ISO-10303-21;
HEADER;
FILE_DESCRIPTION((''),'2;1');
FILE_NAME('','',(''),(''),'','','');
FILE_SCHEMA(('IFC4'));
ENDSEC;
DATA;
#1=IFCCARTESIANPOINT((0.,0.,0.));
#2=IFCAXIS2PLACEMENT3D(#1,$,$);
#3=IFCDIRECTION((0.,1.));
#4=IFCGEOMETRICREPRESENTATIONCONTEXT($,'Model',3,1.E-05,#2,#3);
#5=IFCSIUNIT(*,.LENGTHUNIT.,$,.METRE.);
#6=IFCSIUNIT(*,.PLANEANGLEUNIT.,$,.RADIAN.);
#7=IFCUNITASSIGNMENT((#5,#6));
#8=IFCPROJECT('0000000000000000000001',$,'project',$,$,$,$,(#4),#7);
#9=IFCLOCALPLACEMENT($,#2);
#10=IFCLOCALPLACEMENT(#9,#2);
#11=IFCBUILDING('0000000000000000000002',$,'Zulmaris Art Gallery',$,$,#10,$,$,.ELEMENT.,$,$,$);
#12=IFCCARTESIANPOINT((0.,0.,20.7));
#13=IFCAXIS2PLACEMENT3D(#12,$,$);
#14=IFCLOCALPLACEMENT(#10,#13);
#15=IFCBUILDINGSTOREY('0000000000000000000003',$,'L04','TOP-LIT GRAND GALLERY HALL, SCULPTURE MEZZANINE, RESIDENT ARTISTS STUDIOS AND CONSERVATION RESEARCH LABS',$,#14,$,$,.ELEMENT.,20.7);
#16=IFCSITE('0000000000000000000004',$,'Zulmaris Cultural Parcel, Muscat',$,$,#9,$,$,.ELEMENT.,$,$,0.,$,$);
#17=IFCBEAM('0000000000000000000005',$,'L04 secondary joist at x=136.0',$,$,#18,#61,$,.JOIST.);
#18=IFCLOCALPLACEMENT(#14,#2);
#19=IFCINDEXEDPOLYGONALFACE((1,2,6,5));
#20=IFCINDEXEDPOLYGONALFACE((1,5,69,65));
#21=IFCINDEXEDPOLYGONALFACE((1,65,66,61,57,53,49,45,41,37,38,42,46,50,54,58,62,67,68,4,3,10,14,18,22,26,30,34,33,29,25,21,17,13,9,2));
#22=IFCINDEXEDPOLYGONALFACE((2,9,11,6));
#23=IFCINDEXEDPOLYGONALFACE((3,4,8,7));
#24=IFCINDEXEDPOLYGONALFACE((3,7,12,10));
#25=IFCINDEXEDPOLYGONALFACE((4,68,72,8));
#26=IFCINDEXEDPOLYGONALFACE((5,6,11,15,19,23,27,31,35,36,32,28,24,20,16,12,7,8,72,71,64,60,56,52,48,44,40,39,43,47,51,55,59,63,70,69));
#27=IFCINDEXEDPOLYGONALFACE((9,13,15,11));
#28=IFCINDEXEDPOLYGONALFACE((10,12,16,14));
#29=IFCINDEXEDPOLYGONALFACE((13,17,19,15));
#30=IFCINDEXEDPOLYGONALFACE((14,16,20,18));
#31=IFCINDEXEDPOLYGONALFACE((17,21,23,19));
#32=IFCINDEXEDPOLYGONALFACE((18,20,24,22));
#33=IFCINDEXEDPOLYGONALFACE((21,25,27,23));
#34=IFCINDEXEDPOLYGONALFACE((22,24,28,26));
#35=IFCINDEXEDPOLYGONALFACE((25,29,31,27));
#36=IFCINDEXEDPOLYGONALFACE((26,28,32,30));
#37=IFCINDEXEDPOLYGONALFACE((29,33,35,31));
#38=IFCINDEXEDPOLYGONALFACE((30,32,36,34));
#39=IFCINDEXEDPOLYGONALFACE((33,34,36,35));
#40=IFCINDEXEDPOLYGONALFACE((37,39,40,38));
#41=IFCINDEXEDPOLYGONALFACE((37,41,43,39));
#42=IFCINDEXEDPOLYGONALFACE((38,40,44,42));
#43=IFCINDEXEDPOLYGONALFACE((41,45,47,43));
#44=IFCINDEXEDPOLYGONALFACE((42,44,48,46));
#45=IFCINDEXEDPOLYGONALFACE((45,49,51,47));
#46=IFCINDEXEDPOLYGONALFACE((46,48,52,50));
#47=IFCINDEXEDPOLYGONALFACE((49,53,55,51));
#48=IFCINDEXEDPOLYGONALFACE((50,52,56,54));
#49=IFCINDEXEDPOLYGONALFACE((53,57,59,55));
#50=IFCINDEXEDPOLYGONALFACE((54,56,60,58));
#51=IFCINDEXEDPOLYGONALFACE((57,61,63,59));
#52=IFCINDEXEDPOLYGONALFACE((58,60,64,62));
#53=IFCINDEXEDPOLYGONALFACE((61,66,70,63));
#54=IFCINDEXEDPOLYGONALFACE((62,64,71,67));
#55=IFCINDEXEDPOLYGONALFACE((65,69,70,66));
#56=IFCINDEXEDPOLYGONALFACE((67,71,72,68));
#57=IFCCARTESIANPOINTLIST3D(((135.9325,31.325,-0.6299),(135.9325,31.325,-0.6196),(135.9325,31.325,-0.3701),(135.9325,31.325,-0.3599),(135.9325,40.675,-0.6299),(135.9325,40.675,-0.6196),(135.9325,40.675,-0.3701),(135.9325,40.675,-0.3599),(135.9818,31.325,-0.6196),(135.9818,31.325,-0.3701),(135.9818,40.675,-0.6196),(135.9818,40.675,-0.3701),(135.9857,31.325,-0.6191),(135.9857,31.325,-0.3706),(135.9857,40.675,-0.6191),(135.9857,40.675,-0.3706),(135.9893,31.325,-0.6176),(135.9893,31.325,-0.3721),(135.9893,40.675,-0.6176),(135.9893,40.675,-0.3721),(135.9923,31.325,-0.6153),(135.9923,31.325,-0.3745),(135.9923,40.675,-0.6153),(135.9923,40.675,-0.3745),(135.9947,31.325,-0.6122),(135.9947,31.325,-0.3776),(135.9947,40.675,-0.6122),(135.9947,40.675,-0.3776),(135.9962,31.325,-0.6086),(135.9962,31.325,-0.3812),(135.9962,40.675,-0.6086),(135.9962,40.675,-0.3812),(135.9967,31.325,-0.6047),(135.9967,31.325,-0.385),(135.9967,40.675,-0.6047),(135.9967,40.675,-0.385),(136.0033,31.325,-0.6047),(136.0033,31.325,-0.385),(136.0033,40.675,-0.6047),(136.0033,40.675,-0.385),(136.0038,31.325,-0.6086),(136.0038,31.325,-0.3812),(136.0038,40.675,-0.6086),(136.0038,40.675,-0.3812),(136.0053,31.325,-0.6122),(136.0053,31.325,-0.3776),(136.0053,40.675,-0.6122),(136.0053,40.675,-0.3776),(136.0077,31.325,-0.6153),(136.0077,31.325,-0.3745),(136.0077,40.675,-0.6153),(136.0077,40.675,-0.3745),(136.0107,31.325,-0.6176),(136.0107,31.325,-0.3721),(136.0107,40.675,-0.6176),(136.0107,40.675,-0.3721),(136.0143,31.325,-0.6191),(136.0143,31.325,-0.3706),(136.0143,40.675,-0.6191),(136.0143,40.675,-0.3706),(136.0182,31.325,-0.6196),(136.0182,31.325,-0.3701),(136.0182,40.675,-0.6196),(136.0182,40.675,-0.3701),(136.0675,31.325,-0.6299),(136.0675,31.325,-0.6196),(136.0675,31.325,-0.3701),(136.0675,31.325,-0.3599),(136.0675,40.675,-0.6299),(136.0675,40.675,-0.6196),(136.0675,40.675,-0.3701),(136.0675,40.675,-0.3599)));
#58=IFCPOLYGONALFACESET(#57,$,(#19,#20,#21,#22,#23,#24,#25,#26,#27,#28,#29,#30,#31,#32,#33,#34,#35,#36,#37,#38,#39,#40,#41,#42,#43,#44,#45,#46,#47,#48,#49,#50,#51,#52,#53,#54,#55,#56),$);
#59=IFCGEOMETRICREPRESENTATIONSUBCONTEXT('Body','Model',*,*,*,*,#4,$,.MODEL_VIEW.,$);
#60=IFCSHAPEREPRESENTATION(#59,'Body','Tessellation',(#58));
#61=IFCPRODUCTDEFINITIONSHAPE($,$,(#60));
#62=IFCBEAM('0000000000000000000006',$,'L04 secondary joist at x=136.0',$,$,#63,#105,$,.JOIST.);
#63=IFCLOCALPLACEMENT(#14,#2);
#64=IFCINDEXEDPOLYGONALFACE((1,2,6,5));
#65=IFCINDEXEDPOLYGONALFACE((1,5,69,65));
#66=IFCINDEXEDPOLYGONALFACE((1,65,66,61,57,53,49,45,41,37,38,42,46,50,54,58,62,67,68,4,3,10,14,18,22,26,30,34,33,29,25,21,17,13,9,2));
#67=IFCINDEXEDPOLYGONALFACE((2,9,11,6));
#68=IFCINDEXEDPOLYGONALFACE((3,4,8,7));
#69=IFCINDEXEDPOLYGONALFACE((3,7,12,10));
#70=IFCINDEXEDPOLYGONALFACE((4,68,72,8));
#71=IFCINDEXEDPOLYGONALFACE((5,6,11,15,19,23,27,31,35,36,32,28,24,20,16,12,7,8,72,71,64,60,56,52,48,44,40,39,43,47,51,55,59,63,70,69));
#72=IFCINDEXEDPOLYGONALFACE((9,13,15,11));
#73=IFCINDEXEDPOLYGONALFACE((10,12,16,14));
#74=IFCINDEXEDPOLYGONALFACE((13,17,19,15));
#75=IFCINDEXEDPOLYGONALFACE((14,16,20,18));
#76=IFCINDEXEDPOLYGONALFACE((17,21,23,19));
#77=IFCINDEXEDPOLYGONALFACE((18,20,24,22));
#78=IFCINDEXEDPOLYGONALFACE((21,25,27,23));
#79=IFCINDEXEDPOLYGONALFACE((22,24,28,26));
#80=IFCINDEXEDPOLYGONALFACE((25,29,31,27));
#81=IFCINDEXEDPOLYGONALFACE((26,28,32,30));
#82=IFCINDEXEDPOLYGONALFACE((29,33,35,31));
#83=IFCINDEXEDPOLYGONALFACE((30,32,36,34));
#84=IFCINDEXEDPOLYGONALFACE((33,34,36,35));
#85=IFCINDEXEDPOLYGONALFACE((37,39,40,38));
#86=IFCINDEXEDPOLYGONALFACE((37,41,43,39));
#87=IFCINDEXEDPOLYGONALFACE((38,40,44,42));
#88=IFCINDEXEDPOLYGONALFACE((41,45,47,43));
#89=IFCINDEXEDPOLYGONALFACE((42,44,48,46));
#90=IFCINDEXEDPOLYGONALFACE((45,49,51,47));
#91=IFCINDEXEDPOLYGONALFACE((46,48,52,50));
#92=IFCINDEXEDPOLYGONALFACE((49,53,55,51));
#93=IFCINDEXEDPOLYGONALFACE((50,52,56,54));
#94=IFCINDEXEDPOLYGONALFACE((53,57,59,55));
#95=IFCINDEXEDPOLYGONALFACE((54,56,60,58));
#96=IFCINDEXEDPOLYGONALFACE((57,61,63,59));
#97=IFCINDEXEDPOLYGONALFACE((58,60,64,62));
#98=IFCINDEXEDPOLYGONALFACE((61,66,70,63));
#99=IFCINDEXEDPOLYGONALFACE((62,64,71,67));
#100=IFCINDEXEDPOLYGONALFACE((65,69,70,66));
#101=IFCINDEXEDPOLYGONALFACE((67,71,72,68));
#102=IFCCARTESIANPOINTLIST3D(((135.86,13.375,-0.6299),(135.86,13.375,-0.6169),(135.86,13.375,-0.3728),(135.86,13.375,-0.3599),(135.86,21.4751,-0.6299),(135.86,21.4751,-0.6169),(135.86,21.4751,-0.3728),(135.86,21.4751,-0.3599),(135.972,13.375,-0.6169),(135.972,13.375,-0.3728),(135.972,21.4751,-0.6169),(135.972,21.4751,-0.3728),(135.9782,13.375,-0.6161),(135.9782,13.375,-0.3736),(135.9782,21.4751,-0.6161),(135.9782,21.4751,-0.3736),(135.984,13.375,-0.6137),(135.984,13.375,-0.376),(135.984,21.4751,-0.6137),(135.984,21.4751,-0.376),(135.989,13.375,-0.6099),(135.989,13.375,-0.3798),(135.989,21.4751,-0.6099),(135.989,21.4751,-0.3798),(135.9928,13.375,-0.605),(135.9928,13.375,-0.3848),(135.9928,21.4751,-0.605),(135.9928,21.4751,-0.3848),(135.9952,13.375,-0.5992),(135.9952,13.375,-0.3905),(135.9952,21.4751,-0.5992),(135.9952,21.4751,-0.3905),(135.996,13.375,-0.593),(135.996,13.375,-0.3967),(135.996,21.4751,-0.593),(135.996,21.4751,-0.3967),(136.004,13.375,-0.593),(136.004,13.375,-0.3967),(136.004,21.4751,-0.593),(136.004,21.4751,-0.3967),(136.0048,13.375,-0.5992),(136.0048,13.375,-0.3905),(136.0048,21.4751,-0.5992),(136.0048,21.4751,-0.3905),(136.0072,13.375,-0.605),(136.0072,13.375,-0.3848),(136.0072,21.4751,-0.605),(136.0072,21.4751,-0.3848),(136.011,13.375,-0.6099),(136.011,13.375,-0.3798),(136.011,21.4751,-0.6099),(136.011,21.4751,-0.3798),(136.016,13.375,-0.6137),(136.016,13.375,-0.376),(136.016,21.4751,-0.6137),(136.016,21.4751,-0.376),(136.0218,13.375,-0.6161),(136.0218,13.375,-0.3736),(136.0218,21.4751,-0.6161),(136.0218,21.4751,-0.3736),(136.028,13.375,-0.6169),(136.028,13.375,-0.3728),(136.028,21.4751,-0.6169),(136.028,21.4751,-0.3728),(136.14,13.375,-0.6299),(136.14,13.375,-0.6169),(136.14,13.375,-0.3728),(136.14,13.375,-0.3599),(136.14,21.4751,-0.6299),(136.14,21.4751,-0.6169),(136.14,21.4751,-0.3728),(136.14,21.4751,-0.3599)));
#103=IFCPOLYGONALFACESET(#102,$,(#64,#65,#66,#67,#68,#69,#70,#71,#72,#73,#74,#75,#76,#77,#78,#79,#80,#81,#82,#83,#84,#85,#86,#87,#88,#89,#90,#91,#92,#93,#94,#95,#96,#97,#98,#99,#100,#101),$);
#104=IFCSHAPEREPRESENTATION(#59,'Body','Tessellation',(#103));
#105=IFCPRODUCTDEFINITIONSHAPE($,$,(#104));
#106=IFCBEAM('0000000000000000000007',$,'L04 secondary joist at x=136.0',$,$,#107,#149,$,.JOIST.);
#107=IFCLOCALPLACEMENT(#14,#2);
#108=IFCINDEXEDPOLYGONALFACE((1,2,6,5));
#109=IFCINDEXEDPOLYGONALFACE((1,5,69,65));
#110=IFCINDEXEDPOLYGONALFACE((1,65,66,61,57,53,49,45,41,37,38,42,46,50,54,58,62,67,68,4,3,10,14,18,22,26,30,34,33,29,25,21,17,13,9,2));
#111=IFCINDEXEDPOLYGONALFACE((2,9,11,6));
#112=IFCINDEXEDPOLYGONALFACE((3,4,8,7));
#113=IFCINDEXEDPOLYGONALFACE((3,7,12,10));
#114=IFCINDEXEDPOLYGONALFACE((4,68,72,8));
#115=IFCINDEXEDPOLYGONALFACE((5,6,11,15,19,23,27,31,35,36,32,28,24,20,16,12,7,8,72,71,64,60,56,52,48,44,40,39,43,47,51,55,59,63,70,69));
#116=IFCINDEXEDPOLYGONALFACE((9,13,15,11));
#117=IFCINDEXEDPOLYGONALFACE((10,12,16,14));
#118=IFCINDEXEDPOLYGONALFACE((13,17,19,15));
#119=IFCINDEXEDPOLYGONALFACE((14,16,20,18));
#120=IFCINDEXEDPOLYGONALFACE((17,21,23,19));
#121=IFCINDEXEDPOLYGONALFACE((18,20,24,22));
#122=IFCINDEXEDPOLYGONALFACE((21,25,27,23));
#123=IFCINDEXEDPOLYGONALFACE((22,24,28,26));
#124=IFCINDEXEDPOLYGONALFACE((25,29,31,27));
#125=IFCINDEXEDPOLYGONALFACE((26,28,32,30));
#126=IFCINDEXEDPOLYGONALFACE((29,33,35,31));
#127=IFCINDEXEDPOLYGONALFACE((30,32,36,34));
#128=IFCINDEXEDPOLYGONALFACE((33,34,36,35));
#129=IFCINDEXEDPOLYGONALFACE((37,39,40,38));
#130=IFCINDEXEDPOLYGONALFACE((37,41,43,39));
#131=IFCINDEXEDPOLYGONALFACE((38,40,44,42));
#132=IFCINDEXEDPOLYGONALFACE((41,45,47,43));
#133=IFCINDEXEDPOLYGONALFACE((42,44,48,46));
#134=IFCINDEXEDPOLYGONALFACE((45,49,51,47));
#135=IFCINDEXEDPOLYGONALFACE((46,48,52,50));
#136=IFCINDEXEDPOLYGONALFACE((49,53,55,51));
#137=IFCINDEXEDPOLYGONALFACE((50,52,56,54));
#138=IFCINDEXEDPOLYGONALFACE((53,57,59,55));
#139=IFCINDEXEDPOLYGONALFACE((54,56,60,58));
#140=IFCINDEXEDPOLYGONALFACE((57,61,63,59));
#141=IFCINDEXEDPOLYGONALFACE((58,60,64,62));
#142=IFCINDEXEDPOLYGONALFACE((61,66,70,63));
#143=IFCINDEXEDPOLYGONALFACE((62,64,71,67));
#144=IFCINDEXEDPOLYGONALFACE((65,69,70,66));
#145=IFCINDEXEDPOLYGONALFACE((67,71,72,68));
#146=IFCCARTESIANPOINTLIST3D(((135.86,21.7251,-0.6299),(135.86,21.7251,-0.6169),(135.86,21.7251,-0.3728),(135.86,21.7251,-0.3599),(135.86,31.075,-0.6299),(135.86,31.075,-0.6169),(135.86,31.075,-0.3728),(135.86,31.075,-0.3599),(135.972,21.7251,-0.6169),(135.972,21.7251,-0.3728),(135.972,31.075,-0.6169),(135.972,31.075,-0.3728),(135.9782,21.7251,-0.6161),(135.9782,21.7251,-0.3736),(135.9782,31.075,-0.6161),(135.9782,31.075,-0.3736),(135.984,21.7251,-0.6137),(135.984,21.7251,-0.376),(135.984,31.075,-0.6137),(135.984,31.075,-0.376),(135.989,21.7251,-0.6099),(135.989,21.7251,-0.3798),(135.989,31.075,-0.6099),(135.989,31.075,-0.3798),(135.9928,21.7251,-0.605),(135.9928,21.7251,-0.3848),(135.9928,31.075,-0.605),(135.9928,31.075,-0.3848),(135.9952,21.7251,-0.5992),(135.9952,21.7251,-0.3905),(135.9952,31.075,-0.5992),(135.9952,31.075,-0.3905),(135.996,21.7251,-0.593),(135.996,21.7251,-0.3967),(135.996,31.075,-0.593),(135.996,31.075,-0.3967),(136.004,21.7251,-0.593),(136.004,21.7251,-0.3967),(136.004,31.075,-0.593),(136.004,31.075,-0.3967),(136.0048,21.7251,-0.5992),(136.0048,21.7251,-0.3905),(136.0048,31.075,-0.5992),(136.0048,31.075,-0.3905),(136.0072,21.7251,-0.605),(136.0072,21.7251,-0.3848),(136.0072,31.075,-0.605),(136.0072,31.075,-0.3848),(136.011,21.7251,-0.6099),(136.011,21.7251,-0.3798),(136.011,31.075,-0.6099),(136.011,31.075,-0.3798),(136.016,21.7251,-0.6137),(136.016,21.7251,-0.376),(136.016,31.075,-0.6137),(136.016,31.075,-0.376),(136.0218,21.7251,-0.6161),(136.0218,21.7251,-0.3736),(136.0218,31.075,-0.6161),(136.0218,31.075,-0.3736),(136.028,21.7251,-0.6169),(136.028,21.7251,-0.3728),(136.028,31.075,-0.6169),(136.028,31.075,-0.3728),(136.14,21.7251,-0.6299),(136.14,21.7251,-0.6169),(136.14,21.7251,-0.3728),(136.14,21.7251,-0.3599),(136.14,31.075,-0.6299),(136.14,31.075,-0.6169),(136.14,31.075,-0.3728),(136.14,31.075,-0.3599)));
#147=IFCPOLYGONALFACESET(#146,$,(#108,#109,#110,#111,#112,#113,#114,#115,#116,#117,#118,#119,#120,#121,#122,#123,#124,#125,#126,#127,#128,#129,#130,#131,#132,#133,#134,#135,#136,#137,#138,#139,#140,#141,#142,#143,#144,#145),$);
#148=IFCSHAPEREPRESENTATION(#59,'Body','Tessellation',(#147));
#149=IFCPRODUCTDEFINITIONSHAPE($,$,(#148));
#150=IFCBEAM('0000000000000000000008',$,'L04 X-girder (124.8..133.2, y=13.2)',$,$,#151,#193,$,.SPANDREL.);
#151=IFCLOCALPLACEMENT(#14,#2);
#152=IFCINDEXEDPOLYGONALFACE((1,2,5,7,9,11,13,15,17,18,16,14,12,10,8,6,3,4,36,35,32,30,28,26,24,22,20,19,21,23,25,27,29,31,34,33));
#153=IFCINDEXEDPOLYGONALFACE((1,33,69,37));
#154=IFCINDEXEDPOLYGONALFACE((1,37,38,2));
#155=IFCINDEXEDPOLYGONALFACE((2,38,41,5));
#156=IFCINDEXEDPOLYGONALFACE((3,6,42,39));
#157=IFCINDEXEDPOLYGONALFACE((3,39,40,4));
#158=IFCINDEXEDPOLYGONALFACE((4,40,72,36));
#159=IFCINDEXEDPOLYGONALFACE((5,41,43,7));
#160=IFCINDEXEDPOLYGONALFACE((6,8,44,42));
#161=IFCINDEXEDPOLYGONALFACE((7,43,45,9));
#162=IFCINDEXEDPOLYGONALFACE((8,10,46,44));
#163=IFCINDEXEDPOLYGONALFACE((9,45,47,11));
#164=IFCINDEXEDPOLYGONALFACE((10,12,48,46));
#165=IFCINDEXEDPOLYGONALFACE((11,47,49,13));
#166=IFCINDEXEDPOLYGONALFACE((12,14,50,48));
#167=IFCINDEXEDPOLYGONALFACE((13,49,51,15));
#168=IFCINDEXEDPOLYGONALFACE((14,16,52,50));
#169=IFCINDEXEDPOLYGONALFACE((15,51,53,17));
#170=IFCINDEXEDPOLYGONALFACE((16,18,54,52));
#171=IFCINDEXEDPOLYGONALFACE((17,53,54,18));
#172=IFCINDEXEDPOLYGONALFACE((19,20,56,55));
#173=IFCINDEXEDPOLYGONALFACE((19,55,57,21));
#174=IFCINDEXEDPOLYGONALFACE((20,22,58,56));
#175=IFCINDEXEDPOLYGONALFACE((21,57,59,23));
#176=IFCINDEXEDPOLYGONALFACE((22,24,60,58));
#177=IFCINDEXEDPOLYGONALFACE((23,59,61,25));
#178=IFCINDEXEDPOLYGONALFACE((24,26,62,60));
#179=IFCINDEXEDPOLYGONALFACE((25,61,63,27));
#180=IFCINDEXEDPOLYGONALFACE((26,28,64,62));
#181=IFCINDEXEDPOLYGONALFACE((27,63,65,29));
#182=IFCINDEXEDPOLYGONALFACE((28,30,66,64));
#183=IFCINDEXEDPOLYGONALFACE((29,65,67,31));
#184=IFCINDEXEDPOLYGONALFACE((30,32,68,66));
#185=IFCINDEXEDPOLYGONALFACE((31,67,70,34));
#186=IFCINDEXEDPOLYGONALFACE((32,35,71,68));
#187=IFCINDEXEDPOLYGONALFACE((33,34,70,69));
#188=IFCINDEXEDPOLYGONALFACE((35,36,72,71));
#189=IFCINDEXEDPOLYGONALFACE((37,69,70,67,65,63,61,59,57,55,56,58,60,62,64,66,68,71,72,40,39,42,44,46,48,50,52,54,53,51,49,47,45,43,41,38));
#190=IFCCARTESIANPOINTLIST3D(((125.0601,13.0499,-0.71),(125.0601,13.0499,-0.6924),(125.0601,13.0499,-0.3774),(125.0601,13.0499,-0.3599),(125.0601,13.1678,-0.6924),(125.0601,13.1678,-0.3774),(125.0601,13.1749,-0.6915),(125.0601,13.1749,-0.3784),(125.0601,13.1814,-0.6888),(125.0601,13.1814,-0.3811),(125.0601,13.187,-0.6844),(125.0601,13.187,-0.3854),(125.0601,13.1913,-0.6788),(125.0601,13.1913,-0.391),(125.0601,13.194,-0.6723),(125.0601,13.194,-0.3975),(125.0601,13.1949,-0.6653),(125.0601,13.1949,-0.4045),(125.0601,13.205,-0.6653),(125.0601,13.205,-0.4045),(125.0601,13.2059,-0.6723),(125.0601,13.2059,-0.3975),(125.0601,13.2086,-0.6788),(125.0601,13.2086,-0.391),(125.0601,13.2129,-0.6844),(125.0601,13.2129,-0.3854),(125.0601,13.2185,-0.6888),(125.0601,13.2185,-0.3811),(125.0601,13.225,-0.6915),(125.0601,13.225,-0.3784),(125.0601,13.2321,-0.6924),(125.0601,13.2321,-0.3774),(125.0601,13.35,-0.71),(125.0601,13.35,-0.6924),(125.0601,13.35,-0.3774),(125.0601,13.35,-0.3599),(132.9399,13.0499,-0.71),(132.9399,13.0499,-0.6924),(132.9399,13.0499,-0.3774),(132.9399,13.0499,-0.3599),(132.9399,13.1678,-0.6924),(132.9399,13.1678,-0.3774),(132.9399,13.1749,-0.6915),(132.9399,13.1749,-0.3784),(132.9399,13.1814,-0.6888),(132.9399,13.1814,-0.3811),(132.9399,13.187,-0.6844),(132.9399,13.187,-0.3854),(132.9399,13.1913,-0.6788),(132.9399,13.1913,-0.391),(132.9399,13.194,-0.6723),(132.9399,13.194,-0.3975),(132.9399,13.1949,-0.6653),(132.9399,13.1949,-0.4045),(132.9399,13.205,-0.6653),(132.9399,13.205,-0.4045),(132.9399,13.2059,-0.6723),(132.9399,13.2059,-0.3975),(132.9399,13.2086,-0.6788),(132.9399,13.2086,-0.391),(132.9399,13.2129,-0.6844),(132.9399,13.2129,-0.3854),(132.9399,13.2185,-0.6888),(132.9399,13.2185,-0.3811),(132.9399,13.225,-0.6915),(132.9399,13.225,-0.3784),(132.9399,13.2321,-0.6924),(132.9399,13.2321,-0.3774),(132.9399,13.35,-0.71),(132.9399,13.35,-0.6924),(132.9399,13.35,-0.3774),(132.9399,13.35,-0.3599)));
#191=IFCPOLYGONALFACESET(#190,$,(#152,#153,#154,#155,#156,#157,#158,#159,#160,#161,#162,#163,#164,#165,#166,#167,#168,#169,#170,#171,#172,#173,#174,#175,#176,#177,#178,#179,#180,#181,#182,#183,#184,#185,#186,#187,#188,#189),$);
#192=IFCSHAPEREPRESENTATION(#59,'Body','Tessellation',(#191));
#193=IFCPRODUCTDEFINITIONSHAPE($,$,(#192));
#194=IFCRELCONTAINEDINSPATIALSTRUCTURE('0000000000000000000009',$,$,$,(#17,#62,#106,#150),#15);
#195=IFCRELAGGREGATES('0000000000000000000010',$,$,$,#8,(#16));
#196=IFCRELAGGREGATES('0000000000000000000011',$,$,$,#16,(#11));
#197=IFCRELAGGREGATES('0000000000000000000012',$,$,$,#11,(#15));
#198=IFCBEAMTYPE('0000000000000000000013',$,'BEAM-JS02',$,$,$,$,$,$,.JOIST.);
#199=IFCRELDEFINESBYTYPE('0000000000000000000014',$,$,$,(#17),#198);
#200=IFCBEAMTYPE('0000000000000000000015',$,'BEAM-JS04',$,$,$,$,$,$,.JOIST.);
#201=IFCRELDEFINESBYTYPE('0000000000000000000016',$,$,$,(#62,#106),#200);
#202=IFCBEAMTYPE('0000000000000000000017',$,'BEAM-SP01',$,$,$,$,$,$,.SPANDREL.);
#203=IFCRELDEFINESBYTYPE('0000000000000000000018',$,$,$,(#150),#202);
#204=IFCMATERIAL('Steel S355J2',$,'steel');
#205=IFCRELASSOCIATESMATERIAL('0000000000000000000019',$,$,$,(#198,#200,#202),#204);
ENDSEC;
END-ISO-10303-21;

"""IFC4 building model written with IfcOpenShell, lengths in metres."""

from ifc_helpers import new_model, si_unit, direction, frame, origin, origin_2d, place, context, subcontext, project, spatial, i_section, extrude, material, material_profile, profile_set, type_object, element, save


model = new_model("IFC4")

# Units and contexts
model_context = context("Model", 3, precision=1e-05, world=origin(), true_north=direction((0.0, 1.0)))
body_context = subcontext(model_context, "Body", "Model", "MODEL_VIEW")
ifc_project = project(units=[si_unit("LENGTHUNIT", "METRE"), si_unit("PLANEANGLEUNIT", "RADIAN")], contexts=[model_context])

# Site, building, storey
site_placement = place(None, origin())
site = spatial("IfcSite", under=ifc_project, at=site_placement, Name="Zulmaris Cultural Parcel, Muscat", CompositionType="ELEMENT", RefElevation=0.0)
building_placement = place(site_placement, origin())
building = spatial("IfcBuilding", under=site, at=building_placement, Name="Zulmaris Art Gallery", CompositionType="ELEMENT")
storey_placement = place(building_placement, frame((0.0, 0.0, 20.7)))
storey = spatial("IfcBuildingStorey", under=building, at=storey_placement, Name="L04", Description="TOP-LIT GRAND GALLERY HALL, SCULPTURE MEZZANINE, RESIDENT ARTISTS STUDIOS AND CONSERVATION RESEARCH LABS", CompositionType="ELEMENT", Elevation=20.7)

# Beams
ifc_material_1 = material(Name="Steel S355J2", Category="steel")
ifc_material_profile_1 = material_profile(ifc_material_1, i_section(OverallWidth=0.135, OverallDepth=0.27, WebThickness=0.0066, FlangeThickness=0.0103, FilletRadius=0.0149, at=origin_2d()), Name="IPE 270")
ifc_profile_set_1 = profile_set([ifc_material_profile_1], Name="Steel S355J2")
beam_type_1 = type_object("IfcBeamType", Name="BEAM-JS02", PredefinedType="JOIST", material=ifc_profile_set_1)
beam_1_placement = place(storey_placement, frame((136.0, 31.325, -0.4949), z_axis=(0.0, 1.0, 0.0), x_axis=(-1.0, 0.0, 0.0)))
element("IfcBeam", 1, at=beam_1_placement, inside=storey, type_object=beam_type_1, Name="L04 secondary joist at x=136.0", PredefinedType="JOIST", context=body_context, shape_type="SweptSolid", body=[
    extrude(i_section(OverallWidth=0.135, OverallDepth=0.27, WebThickness=0.0066, FlangeThickness=0.0103, FilletRadius=0.0149, at=origin_2d()), origin(), (0.0, 0.0, 1.0), 9.3501),
])
ifc_material_profile_2 = material_profile(ifc_material_1, i_section(OverallWidth=0.28, OverallDepth=0.27, WebThickness=0.0081, FlangeThickness=0.0129, FilletRadius=0.0239, at=origin_2d()), Name="HEA 280")
ifc_profile_set_2 = profile_set([ifc_material_profile_2], Name="Steel S355J2")
beam_type_2 = type_object("IfcBeamType", Name="BEAM-JS04", PredefinedType="JOIST", material=ifc_profile_set_2)
beam_2_placement = place(storey_placement, frame((136.0, 13.375, -0.4949), z_axis=(0.0, 1.0, 0.0), x_axis=(-1.0, 0.0, 0.0)))
element("IfcBeam", 2, at=beam_2_placement, inside=storey, type_object=beam_type_2, Name="L04 secondary joist at x=136.0", PredefinedType="JOIST", context=body_context, shape_type="SweptSolid", body=[
    extrude(i_section(OverallWidth=0.28, OverallDepth=0.27, WebThickness=0.0081, FlangeThickness=0.0129, FilletRadius=0.0239, at=origin_2d()), origin(), (0.0, 0.0, 1.0), 8.1001),
])
beam_3_placement = place(storey_placement, frame((136.0, 21.7251, -0.4949), z_axis=(0.0, 1.0, 0.0), x_axis=(-1.0, 0.0, 0.0)))
element("IfcBeam", 3, at=beam_3_placement, inside=storey, type_object=beam_type_2, Name="L04 secondary joist at x=136.0", PredefinedType="JOIST", context=body_context, shape_type="SweptSolid", body=[
    extrude(i_section(OverallWidth=0.28, OverallDepth=0.27, WebThickness=0.0081, FlangeThickness=0.0129, FilletRadius=0.0239, at=origin_2d()), origin(), (0.0, 0.0, 1.0), 9.3499),
])
ifc_material_profile_3 = material_profile(ifc_material_1, i_section(OverallWidth=0.3, OverallDepth=0.3501, WebThickness=0.01, FlangeThickness=0.0176, FilletRadius=0.0271, at=origin_2d()), Name="HEA 360")
ifc_profile_set_3 = profile_set([ifc_material_profile_3], Name="Steel S355J2")
beam_type_3 = type_object("IfcBeamType", Name="BEAM-SP01", PredefinedType="SPANDREL", material=ifc_profile_set_3)
beam_4_placement = place(storey_placement, frame((125.0601, 13.2, -0.5349), z_axis=(1.0, 0.0, 0.0), x_axis=(0.0, 1.0, 0.0)))
element("IfcBeam", 4, at=beam_4_placement, inside=storey, type_object=beam_type_3, Name="L04 X-girder (124.8..133.2, y=13.2)", PredefinedType="SPANDREL", context=body_context, shape_type="SweptSolid", body=[
    extrude(i_section(OverallWidth=0.3, OverallDepth=0.3501, WebThickness=0.01, FlangeThickness=0.0176, FilletRadius=0.0271, at=origin_2d()), origin(), (0.0, 0.0, 1.0), 7.8799),
])

save(model, "model.ifc")
